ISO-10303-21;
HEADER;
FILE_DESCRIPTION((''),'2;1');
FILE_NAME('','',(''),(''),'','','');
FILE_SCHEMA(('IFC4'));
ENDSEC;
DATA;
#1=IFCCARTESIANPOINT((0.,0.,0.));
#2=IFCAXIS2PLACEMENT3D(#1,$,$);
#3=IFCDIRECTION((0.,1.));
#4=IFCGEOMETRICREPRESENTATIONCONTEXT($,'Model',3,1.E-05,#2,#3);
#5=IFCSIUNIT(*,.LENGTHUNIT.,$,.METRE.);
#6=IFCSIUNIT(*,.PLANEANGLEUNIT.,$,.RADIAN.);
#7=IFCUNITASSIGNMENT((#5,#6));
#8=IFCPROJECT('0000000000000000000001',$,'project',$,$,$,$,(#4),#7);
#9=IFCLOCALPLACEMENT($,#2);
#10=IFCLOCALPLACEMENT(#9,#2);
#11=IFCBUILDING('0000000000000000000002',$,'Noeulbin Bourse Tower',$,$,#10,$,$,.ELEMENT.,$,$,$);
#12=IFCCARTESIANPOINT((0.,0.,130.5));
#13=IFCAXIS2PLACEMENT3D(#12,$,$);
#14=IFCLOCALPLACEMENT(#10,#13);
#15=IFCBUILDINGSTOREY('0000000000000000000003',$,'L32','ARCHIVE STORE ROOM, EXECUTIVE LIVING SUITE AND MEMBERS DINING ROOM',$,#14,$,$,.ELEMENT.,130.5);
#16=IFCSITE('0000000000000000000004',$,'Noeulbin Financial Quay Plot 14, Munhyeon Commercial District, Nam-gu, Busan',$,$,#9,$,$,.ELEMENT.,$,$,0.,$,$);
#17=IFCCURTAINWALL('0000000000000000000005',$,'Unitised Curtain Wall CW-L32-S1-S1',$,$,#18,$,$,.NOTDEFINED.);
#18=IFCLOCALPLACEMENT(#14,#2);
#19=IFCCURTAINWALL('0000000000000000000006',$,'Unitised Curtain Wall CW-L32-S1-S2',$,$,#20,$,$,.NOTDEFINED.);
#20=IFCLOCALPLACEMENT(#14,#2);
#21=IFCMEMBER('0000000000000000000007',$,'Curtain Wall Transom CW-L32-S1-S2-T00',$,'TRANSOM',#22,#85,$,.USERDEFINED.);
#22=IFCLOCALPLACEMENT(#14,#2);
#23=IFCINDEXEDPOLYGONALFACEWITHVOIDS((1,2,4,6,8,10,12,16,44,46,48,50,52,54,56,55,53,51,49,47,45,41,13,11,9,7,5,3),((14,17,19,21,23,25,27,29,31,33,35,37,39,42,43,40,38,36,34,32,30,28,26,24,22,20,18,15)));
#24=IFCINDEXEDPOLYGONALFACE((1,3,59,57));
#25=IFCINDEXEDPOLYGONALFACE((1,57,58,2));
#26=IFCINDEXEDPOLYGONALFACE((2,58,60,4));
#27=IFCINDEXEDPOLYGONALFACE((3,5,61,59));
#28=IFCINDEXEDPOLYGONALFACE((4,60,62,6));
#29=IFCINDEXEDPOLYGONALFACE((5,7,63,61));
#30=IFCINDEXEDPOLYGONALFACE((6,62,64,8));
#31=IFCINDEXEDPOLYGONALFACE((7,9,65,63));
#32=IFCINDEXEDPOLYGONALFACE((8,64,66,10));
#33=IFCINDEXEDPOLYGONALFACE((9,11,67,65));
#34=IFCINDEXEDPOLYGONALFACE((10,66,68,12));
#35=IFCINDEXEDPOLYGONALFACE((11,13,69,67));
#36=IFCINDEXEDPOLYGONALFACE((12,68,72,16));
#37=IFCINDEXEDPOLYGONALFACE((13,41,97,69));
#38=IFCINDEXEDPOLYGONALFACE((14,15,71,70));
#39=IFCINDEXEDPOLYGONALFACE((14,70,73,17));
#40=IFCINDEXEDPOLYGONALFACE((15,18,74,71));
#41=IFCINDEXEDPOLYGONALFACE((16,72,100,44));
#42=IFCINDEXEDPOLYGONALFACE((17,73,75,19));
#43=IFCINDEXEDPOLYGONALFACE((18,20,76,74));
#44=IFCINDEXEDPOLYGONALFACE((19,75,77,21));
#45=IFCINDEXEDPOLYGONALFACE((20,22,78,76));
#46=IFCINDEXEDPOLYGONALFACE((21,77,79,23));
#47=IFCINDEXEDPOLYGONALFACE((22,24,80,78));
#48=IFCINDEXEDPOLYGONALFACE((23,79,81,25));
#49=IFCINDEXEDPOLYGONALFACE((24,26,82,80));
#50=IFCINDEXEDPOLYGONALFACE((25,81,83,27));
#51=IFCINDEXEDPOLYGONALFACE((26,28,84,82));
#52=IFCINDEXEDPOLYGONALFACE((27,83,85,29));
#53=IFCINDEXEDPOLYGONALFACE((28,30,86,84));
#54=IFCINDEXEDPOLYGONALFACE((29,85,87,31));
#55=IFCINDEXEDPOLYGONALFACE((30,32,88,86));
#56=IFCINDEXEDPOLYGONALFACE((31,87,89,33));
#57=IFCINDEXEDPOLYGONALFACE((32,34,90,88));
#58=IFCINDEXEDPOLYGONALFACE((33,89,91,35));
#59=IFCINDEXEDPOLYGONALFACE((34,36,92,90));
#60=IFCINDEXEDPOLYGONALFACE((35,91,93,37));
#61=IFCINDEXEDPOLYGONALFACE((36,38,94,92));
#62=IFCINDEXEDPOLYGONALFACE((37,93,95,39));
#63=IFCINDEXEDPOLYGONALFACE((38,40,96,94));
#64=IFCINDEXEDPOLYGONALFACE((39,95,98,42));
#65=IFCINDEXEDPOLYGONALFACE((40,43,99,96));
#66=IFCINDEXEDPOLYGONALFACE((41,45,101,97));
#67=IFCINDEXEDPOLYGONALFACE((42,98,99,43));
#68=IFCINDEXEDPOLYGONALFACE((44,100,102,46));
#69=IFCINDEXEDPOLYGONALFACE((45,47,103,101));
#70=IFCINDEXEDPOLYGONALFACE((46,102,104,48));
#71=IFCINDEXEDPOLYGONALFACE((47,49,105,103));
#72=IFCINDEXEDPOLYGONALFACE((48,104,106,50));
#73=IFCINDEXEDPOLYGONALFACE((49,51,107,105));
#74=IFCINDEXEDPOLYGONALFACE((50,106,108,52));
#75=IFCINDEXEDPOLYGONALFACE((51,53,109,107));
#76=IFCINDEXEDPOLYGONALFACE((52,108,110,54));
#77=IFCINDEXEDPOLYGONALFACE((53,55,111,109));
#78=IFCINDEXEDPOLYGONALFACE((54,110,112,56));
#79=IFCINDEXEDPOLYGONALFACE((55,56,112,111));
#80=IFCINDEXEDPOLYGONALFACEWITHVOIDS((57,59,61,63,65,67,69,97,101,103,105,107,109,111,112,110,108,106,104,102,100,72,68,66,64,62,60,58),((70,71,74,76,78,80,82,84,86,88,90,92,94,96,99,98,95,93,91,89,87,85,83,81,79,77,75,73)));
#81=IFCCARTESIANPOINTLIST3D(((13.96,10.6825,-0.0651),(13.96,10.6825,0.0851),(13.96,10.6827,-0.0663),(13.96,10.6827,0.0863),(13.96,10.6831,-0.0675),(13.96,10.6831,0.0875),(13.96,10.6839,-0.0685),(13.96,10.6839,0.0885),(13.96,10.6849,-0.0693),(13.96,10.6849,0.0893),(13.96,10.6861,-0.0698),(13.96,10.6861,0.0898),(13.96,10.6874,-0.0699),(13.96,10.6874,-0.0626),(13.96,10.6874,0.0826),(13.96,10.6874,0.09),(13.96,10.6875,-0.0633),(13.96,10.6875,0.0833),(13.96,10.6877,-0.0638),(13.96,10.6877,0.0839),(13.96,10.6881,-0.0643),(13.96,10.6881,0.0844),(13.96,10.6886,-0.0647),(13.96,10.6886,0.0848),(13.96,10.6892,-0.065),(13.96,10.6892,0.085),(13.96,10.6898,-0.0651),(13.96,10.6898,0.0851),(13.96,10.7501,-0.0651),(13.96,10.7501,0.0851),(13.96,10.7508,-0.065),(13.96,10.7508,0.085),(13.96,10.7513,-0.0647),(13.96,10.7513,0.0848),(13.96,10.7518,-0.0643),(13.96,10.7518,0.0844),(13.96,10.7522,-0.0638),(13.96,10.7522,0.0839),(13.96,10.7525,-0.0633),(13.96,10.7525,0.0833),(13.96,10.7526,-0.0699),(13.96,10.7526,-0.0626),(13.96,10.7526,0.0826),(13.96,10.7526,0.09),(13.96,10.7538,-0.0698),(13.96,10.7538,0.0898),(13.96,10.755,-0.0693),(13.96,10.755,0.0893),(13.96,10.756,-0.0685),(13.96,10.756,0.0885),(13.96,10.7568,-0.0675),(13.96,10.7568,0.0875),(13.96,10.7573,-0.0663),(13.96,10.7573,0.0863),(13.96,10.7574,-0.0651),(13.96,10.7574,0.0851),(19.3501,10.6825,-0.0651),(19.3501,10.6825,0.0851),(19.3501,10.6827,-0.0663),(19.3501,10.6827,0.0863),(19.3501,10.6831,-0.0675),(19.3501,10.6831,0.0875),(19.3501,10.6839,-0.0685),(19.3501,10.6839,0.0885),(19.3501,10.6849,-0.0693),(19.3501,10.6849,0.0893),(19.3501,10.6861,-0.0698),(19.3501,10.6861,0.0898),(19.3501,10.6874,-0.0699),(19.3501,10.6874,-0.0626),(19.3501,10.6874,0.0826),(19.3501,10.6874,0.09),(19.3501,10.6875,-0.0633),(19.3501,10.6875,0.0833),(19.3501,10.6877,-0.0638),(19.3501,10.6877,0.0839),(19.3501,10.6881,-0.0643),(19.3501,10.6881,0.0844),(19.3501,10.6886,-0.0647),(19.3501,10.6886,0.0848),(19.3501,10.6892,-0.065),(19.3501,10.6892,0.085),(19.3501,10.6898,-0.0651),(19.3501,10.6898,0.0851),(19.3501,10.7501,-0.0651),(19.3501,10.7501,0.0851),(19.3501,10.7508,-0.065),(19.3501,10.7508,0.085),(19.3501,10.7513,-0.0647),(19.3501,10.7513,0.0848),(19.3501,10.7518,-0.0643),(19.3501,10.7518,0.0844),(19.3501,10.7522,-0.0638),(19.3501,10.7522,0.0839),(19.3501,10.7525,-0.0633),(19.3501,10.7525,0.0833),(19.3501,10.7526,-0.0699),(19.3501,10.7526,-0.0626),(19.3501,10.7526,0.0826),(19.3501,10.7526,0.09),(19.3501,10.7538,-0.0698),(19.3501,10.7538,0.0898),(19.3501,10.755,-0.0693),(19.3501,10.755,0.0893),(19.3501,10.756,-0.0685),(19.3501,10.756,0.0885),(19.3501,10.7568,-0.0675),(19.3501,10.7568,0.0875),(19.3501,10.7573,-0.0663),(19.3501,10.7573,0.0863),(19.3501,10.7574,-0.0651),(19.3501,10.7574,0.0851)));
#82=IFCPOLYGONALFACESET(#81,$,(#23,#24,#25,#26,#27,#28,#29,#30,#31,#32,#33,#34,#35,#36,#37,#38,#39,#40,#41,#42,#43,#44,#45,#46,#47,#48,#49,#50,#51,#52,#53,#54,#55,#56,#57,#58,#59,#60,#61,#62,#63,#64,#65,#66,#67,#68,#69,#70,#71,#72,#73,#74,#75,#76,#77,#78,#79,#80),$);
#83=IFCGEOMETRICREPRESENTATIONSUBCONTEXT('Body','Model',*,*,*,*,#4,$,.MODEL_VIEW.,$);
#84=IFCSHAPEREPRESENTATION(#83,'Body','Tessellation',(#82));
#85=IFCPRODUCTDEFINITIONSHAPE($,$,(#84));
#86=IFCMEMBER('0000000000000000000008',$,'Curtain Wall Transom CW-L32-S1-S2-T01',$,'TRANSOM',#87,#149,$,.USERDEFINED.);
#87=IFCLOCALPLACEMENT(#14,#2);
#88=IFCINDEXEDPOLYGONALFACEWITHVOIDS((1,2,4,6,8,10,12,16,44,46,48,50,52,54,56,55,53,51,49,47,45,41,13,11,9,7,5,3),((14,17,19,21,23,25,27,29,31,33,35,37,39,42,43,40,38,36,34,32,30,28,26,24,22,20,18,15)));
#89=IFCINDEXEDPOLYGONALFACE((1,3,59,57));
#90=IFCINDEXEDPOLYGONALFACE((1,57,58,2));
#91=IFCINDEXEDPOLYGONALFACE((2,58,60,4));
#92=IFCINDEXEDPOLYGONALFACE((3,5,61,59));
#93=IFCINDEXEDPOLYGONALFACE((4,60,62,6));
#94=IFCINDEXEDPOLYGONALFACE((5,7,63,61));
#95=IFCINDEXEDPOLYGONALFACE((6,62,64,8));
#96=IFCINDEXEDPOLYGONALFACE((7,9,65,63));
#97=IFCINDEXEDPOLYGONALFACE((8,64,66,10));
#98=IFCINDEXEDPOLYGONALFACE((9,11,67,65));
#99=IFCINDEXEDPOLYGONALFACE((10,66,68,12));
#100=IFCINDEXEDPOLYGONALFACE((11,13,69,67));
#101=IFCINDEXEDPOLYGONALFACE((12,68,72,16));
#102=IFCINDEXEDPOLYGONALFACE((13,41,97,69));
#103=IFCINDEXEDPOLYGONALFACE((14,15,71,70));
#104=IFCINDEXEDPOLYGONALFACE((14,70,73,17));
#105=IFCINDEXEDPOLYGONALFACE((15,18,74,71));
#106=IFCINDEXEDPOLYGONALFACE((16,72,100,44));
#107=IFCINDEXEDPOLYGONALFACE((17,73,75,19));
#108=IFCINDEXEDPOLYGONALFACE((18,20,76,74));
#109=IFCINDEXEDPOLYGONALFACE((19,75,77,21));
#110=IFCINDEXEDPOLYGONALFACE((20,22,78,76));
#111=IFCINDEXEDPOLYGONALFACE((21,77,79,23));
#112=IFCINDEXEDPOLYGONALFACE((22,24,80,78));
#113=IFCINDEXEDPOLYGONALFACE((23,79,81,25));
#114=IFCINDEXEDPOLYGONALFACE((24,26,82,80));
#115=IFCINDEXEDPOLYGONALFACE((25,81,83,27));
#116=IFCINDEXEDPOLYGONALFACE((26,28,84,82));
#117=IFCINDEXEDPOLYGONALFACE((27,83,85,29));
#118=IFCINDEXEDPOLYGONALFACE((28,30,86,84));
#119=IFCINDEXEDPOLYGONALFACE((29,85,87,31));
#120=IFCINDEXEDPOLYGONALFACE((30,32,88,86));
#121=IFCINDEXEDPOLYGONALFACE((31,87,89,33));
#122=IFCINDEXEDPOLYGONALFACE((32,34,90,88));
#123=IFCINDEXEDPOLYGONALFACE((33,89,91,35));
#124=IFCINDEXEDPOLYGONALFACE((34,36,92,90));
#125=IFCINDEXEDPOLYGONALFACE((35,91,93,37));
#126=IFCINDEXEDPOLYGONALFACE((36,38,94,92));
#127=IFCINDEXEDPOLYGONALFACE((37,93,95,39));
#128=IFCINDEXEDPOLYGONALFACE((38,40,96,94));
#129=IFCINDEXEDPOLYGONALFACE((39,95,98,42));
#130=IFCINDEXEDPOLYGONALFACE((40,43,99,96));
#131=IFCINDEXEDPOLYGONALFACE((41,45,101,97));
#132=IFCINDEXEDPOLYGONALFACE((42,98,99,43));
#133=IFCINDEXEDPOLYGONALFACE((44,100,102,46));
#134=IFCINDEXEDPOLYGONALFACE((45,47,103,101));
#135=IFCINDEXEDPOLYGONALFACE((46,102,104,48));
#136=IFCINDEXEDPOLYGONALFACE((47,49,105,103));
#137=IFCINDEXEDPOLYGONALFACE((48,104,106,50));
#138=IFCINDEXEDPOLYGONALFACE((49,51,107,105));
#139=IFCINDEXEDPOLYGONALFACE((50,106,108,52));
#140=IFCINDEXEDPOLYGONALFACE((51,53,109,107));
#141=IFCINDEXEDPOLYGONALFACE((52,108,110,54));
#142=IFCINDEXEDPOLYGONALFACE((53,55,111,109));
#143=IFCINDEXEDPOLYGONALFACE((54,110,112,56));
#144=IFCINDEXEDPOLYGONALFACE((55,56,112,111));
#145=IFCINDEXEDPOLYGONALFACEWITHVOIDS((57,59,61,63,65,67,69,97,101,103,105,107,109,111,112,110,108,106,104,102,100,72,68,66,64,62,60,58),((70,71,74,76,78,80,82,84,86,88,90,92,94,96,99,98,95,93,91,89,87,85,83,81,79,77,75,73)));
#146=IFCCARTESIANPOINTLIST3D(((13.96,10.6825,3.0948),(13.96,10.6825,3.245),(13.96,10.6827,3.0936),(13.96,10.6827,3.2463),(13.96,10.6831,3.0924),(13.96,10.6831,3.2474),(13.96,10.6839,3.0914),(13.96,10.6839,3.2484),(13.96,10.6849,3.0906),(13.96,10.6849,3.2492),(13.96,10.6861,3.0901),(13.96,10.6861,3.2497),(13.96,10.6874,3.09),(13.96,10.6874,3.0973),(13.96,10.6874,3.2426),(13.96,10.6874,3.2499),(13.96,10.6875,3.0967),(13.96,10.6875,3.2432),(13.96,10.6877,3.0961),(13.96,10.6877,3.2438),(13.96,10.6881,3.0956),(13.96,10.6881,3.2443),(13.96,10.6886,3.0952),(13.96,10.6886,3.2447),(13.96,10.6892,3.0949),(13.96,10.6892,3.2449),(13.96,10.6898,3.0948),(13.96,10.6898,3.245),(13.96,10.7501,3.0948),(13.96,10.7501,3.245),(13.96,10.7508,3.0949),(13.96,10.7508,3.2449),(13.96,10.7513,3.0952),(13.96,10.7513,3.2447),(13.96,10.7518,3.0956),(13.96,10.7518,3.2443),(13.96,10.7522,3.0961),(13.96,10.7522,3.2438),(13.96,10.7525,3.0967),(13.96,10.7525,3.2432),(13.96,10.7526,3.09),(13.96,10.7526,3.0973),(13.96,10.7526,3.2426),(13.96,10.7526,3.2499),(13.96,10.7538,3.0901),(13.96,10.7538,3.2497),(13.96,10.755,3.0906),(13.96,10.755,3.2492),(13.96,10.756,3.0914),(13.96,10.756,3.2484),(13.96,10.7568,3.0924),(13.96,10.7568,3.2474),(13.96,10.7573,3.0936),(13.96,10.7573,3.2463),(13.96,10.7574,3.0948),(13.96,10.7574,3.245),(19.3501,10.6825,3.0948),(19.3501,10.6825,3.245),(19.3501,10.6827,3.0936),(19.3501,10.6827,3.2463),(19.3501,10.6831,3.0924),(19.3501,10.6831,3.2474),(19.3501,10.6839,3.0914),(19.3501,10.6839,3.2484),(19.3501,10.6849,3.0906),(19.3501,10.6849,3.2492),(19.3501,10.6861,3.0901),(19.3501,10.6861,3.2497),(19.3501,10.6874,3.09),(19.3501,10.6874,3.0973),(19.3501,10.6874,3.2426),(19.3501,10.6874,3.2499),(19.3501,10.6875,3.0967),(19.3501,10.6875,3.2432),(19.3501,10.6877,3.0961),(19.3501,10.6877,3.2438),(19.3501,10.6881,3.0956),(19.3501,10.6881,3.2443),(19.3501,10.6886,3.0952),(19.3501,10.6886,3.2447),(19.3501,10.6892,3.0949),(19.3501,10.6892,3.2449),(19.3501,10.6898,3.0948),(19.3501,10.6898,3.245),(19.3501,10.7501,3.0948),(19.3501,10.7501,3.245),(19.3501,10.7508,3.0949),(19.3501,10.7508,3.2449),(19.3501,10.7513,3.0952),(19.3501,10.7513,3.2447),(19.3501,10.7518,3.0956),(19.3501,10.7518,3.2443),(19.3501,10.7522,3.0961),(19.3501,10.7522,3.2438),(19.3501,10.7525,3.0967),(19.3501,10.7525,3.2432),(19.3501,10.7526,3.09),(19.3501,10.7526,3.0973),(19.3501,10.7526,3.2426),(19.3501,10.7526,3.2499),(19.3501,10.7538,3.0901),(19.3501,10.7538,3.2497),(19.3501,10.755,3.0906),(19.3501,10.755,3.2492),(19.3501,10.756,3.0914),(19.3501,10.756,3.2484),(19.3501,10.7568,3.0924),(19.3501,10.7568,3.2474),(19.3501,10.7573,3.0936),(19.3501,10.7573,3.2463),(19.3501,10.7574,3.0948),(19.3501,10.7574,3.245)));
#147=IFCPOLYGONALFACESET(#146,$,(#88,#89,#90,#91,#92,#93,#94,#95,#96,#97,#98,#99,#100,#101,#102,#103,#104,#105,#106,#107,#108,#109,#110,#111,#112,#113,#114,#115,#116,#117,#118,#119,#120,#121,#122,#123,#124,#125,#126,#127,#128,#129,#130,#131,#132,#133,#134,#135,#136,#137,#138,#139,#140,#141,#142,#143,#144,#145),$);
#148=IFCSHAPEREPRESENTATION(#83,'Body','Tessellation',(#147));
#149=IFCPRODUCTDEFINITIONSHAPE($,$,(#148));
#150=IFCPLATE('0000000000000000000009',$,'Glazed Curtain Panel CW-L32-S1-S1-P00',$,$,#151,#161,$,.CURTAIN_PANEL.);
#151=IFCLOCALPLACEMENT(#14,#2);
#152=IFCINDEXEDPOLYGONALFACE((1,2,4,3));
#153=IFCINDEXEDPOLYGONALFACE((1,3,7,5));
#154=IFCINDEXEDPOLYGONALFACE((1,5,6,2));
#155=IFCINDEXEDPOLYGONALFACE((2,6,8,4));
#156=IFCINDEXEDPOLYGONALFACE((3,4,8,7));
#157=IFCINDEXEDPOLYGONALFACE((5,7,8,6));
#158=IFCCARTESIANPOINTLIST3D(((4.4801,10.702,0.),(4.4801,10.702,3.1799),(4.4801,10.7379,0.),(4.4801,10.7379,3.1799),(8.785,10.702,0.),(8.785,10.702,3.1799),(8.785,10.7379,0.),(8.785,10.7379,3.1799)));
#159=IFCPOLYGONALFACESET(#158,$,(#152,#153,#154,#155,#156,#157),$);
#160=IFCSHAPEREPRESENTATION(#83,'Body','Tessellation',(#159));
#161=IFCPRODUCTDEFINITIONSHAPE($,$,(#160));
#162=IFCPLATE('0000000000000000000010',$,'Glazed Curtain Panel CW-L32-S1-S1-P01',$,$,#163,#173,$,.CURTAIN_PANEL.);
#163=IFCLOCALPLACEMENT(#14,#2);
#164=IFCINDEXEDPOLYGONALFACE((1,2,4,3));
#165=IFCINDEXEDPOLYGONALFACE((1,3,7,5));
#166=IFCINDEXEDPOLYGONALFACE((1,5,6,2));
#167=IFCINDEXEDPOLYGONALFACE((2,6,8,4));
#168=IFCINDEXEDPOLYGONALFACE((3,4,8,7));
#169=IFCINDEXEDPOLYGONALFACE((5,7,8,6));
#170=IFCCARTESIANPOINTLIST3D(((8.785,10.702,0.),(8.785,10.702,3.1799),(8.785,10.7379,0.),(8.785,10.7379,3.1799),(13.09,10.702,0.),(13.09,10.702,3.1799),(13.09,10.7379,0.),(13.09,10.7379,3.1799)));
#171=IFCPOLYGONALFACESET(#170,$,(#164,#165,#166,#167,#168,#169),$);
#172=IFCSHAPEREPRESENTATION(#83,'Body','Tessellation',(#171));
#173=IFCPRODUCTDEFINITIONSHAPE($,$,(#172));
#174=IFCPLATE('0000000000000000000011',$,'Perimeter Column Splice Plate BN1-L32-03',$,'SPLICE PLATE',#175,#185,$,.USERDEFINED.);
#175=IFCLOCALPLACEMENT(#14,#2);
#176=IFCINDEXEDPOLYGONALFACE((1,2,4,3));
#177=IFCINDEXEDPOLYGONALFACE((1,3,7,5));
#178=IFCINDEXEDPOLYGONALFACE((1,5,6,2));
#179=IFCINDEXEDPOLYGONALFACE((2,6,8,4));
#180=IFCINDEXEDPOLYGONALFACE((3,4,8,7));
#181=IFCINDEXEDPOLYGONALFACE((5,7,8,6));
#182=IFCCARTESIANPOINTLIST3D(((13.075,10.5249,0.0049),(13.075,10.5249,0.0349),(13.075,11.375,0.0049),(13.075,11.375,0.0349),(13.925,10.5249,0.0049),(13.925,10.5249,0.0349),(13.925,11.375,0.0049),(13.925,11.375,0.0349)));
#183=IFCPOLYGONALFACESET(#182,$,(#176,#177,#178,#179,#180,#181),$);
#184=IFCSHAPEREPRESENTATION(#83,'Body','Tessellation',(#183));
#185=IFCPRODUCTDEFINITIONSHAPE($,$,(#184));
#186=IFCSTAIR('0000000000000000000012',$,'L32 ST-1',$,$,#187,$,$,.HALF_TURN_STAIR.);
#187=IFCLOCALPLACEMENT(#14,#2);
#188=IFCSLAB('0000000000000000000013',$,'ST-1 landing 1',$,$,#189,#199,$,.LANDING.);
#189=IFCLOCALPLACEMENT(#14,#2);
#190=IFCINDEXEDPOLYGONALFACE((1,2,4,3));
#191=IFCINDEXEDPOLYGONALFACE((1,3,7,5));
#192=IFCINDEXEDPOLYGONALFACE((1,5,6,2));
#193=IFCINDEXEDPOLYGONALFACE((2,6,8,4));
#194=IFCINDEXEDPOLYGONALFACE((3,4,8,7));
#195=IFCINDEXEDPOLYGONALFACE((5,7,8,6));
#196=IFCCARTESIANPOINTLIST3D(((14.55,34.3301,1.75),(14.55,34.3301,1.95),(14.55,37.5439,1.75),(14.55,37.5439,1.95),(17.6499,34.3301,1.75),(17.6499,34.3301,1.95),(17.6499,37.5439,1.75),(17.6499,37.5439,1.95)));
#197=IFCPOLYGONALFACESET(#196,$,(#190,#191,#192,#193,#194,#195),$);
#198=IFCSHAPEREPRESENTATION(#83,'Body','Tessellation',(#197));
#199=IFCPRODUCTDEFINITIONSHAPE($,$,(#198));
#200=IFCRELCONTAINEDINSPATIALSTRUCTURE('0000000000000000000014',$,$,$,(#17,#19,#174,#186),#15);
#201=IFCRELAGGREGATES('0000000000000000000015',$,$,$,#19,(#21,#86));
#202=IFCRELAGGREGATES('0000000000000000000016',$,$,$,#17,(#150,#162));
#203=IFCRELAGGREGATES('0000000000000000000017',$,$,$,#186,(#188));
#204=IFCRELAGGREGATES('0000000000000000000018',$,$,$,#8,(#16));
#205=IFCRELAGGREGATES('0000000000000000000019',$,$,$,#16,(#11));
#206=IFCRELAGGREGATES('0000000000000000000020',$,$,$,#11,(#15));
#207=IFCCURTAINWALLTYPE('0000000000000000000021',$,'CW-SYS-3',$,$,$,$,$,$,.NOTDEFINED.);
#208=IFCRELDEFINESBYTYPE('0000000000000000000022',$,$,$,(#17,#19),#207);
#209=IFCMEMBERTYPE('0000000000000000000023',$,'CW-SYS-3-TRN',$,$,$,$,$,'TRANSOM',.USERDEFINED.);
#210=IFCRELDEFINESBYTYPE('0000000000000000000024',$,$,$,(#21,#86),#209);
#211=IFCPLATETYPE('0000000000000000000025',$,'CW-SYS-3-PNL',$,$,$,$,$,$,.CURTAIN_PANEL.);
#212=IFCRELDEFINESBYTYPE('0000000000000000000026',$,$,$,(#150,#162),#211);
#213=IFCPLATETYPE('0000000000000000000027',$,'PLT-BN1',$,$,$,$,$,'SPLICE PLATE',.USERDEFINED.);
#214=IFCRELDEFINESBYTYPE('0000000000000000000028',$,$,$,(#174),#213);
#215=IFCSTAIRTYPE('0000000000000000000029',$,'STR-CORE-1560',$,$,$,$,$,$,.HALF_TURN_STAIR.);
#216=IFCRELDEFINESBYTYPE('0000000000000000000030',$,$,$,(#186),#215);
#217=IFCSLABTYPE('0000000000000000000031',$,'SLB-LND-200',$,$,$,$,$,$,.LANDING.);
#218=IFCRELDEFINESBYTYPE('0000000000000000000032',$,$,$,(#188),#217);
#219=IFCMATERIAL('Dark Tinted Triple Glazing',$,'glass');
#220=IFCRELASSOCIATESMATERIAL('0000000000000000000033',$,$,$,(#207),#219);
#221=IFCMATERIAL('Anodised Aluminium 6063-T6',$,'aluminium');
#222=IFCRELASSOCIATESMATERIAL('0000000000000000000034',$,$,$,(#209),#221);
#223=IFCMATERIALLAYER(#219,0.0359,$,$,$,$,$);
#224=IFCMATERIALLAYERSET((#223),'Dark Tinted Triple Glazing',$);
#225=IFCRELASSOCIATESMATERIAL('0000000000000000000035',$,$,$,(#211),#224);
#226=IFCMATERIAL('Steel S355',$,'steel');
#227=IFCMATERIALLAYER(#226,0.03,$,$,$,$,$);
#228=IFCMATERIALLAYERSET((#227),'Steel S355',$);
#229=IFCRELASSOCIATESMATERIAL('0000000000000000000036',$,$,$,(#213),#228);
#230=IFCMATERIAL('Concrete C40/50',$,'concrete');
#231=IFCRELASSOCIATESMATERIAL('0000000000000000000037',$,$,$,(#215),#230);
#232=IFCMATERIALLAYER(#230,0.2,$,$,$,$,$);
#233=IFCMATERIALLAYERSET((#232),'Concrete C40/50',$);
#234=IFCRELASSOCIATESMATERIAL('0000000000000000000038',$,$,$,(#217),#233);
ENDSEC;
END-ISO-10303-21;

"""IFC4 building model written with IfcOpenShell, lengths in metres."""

from ifc_helpers import new_model, si_unit, direction, frame, origin, origin_2d, place, context, subcontext, project, spatial, polyline, rectangle, hollow_rectangle, outline, extrude, material, layer, layer_set, material_profile, profile_set, type_object, element, aggregate, save


model = new_model("IFC4")

# Units and contexts
model_context = context("Model", 3, precision=1e-05, world=origin(), true_north=direction((0.0, 1.0)))
body_context = subcontext(model_context, "Body", "Model", "MODEL_VIEW")
ifc_project = project(units=[si_unit("LENGTHUNIT", "METRE"), si_unit("PLANEANGLEUNIT", "RADIAN")], contexts=[model_context])

# Site, building, storey
site_placement = place(None, origin())
site = spatial("IfcSite", under=ifc_project, at=site_placement, Name="Noeulbin Financial Quay Plot 14, Munhyeon Commercial District, Nam-gu, Busan", CompositionType="ELEMENT", RefElevation=0.0)
building_placement = place(site_placement, origin())
building = spatial("IfcBuilding", under=site, at=building_placement, Name="Noeulbin Bourse Tower", CompositionType="ELEMENT")
storey_placement = place(building_placement, frame((0.0, 0.0, 130.5)))
storey = spatial("IfcBuildingStorey", under=building, at=storey_placement, Name="L32", Description="ARCHIVE STORE ROOM, EXECUTIVE LIVING SUITE AND MEMBERS DINING ROOM", CompositionType="ELEMENT", Elevation=130.5)

# Shared definitions
ifc_material_1 = material(Name="Steel S355", Category="steel")

# Curtain wall
ifc_material_2 = material(Name="Dark Tinted Triple Glazing", Category="glass")
curtain_wall_type = type_object("IfcCurtainWallType", Name="CW-SYS-3", PredefinedType="NOTDEFINED", material=ifc_material_2)
curtain_wall_1_placement = place(storey_placement, origin())
curtain_wall_1 = element("IfcCurtainWall", 1, at=curtain_wall_1_placement, inside=storey, type_object=curtain_wall_type, Name="Unitised Curtain Wall CW-L32-S1-S1", PredefinedType="NOTDEFINED")
ifc_material_3 = material(Name="Anodised Aluminium 6063-T6", Category="aluminium")

# Curtain wall
curtain_wall_2_placement = place(storey_placement, origin())
curtain_wall_2 = element("IfcCurtainWall", 2, at=curtain_wall_2_placement, inside=storey, type_object=curtain_wall_type, Name="Unitised Curtain Wall CW-L32-S1-S2", PredefinedType="NOTDEFINED")

# Members
ifc_material_profile_1 = material_profile(ifc_material_3, hollow_rectangle(XDim=0.075, YDim=0.1599, WallThickness=0.0049, InnerFilletRadius=0.0024, OuterFilletRadius=0.0049, at=origin_2d()), Name="ALU-TRAN-75x160x5", Category="LoadBearing")
ifc_profile_set_1 = profile_set([ifc_material_profile_1], Name="Anodised Aluminium 6063-T6")
member_type_1 = type_object("IfcMemberType", Name="CW-SYS-3-TRN", ElementType="TRANSOM", PredefinedType="USERDEFINED", material=ifc_profile_set_1)
member_1_placement = place(storey_placement, frame((13.96, 10.72, 0.01), z_axis=(1.0, 0.0, 0.0), x_axis=(0.0, 1.0, 0.0)))
member_1 = element("IfcMember", 3, at=member_1_placement, type_object=member_type_1, Name="Curtain Wall Transom CW-L32-S1-S2-T00", ObjectType="TRANSOM", PredefinedType="USERDEFINED", context=body_context, shape_type="SweptSolid", body=[
    extrude(hollow_rectangle(XDim=0.075, YDim=0.1599, WallThickness=0.0049, InnerFilletRadius=0.0024, OuterFilletRadius=0.0049, at=origin_2d()), origin(), (0.0, 0.0, 1.0), 5.3901),
])
member_2_placement = place(storey_placement, frame((13.96, 10.72, 3.1699), z_axis=(1.0, 0.0, 0.0), x_axis=(0.0, 1.0, 0.0)))
member_2 = element("IfcMember", 4, at=member_2_placement, type_object=member_type_1, Name="Curtain Wall Transom CW-L32-S1-S2-T01", ObjectType="TRANSOM", PredefinedType="USERDEFINED", context=body_context, shape_type="SweptSolid", body=[
    extrude(hollow_rectangle(XDim=0.075, YDim=0.1599, WallThickness=0.0049, InnerFilletRadius=0.0024, OuterFilletRadius=0.0049, at=origin_2d()), origin(), (0.0, 0.0, 1.0), 5.3901),
])
aggregate(curtain_wall_2, [member_1, member_2])

# Plates
ifc_layer_1 = layer(ifc_material_2, 0.0359)
ifc_layer_set_1 = layer_set([ifc_layer_1], Name="Dark Tinted Triple Glazing")
plate_type_1 = type_object("IfcPlateType", Name="CW-SYS-3-PNL", PredefinedType="CURTAIN_PANEL", material=ifc_layer_set_1)
plate_1_placement = place(storey_placement, frame((6.6326, 10.72, 0.0), z_axis=(0.0, 0.0, 1.0), x_axis=(1.0, 0.0, 0.0)))
plate_1 = element("IfcPlate", 5, at=plate_1_placement, type_object=plate_type_1, Name="Glazed Curtain Panel CW-L32-S1-S1-P00", PredefinedType="CURTAIN_PANEL", context=body_context, shape_type="SweptSolid", body=[
    extrude(rectangle(XDim=4.3049, YDim=0.0359, at=origin_2d()), origin(), (0.0, 0.0, 1.0), 3.1799),
])
plate_2_placement = place(storey_placement, frame((10.9375, 10.72, 0.0), z_axis=(0.0, 0.0, 1.0), x_axis=(1.0, 0.0, 0.0)))
plate_2 = element("IfcPlate", 6, at=plate_2_placement, type_object=plate_type_1, Name="Glazed Curtain Panel CW-L32-S1-S1-P01", PredefinedType="CURTAIN_PANEL", context=body_context, shape_type="SweptSolid", body=[
    extrude(rectangle(XDim=4.3049, YDim=0.0359, at=origin_2d()), origin(), (0.0, 0.0, 1.0), 3.1799),
])
aggregate(curtain_wall_1, [plate_1, plate_2])
ifc_layer_2 = layer(ifc_material_1, 0.03)
ifc_layer_set_2 = layer_set([ifc_layer_2], Name="Steel S355")
plate_type_2 = type_object("IfcPlateType", Name="PLT-BN1", ElementType="SPLICE PLATE", PredefinedType="USERDEFINED", material=ifc_layer_set_2)
plate_3_placement = place(storey_placement, frame((13.5, 10.95, 0.0049), z_axis=(0.0, 0.0, 1.0), x_axis=(1.0, 0.0, 0.0)))
element("IfcPlate", 7, at=plate_3_placement, inside=storey, type_object=plate_type_2, Name="Perimeter Column Splice Plate BN1-L32-03", ObjectType="SPLICE PLATE", PredefinedType="USERDEFINED", context=body_context, shape_type="SweptSolid", body=[
    extrude(rectangle(XDim=0.8501, YDim=0.8501, at=origin_2d()), origin(), (0.0, 0.0, 1.0), 0.03),
])

# Stair, slab
ifc_material_4 = material(Name="Concrete C40/50", Category="concrete")
stair_type = type_object("IfcStairType", Name="STR-CORE-1560", PredefinedType="HALF_TURN_STAIR", material=ifc_material_4)
stair_1_placement = place(storey_placement, origin())
stair_1 = element("IfcStair", 8, at=stair_1_placement, inside=storey, type_object=stair_type, Name="L32 ST-1", PredefinedType="HALF_TURN_STAIR")
ifc_layer_3 = layer(ifc_material_4, 0.2)
ifc_layer_set_3 = layer_set([ifc_layer_3], Name="Concrete C40/50")
slab_type_1 = type_object("IfcSlabType", Name="SLB-LND-200", PredefinedType="LANDING", material=ifc_layer_set_3)
slab_1_placement = place(storey_placement, frame((0.0, 0.0, 1.75)))
slab_1 = element("IfcSlab", 9, at=slab_1_placement, type_object=slab_type_1, Name="ST-1 landing 1", PredefinedType="LANDING", context=body_context, shape_type="SweptSolid", body=[
    extrude(outline(polyline([(17.6499, 34.3301), (17.6499, 37.5439), (14.55, 37.5439), (14.55, 34.3301), (17.6499, 34.3301)])), origin(), (0.0, 0.0, 1.0), 0.2),
])
aggregate(stair_1, [slab_1])

save(model, "model.ifc")
